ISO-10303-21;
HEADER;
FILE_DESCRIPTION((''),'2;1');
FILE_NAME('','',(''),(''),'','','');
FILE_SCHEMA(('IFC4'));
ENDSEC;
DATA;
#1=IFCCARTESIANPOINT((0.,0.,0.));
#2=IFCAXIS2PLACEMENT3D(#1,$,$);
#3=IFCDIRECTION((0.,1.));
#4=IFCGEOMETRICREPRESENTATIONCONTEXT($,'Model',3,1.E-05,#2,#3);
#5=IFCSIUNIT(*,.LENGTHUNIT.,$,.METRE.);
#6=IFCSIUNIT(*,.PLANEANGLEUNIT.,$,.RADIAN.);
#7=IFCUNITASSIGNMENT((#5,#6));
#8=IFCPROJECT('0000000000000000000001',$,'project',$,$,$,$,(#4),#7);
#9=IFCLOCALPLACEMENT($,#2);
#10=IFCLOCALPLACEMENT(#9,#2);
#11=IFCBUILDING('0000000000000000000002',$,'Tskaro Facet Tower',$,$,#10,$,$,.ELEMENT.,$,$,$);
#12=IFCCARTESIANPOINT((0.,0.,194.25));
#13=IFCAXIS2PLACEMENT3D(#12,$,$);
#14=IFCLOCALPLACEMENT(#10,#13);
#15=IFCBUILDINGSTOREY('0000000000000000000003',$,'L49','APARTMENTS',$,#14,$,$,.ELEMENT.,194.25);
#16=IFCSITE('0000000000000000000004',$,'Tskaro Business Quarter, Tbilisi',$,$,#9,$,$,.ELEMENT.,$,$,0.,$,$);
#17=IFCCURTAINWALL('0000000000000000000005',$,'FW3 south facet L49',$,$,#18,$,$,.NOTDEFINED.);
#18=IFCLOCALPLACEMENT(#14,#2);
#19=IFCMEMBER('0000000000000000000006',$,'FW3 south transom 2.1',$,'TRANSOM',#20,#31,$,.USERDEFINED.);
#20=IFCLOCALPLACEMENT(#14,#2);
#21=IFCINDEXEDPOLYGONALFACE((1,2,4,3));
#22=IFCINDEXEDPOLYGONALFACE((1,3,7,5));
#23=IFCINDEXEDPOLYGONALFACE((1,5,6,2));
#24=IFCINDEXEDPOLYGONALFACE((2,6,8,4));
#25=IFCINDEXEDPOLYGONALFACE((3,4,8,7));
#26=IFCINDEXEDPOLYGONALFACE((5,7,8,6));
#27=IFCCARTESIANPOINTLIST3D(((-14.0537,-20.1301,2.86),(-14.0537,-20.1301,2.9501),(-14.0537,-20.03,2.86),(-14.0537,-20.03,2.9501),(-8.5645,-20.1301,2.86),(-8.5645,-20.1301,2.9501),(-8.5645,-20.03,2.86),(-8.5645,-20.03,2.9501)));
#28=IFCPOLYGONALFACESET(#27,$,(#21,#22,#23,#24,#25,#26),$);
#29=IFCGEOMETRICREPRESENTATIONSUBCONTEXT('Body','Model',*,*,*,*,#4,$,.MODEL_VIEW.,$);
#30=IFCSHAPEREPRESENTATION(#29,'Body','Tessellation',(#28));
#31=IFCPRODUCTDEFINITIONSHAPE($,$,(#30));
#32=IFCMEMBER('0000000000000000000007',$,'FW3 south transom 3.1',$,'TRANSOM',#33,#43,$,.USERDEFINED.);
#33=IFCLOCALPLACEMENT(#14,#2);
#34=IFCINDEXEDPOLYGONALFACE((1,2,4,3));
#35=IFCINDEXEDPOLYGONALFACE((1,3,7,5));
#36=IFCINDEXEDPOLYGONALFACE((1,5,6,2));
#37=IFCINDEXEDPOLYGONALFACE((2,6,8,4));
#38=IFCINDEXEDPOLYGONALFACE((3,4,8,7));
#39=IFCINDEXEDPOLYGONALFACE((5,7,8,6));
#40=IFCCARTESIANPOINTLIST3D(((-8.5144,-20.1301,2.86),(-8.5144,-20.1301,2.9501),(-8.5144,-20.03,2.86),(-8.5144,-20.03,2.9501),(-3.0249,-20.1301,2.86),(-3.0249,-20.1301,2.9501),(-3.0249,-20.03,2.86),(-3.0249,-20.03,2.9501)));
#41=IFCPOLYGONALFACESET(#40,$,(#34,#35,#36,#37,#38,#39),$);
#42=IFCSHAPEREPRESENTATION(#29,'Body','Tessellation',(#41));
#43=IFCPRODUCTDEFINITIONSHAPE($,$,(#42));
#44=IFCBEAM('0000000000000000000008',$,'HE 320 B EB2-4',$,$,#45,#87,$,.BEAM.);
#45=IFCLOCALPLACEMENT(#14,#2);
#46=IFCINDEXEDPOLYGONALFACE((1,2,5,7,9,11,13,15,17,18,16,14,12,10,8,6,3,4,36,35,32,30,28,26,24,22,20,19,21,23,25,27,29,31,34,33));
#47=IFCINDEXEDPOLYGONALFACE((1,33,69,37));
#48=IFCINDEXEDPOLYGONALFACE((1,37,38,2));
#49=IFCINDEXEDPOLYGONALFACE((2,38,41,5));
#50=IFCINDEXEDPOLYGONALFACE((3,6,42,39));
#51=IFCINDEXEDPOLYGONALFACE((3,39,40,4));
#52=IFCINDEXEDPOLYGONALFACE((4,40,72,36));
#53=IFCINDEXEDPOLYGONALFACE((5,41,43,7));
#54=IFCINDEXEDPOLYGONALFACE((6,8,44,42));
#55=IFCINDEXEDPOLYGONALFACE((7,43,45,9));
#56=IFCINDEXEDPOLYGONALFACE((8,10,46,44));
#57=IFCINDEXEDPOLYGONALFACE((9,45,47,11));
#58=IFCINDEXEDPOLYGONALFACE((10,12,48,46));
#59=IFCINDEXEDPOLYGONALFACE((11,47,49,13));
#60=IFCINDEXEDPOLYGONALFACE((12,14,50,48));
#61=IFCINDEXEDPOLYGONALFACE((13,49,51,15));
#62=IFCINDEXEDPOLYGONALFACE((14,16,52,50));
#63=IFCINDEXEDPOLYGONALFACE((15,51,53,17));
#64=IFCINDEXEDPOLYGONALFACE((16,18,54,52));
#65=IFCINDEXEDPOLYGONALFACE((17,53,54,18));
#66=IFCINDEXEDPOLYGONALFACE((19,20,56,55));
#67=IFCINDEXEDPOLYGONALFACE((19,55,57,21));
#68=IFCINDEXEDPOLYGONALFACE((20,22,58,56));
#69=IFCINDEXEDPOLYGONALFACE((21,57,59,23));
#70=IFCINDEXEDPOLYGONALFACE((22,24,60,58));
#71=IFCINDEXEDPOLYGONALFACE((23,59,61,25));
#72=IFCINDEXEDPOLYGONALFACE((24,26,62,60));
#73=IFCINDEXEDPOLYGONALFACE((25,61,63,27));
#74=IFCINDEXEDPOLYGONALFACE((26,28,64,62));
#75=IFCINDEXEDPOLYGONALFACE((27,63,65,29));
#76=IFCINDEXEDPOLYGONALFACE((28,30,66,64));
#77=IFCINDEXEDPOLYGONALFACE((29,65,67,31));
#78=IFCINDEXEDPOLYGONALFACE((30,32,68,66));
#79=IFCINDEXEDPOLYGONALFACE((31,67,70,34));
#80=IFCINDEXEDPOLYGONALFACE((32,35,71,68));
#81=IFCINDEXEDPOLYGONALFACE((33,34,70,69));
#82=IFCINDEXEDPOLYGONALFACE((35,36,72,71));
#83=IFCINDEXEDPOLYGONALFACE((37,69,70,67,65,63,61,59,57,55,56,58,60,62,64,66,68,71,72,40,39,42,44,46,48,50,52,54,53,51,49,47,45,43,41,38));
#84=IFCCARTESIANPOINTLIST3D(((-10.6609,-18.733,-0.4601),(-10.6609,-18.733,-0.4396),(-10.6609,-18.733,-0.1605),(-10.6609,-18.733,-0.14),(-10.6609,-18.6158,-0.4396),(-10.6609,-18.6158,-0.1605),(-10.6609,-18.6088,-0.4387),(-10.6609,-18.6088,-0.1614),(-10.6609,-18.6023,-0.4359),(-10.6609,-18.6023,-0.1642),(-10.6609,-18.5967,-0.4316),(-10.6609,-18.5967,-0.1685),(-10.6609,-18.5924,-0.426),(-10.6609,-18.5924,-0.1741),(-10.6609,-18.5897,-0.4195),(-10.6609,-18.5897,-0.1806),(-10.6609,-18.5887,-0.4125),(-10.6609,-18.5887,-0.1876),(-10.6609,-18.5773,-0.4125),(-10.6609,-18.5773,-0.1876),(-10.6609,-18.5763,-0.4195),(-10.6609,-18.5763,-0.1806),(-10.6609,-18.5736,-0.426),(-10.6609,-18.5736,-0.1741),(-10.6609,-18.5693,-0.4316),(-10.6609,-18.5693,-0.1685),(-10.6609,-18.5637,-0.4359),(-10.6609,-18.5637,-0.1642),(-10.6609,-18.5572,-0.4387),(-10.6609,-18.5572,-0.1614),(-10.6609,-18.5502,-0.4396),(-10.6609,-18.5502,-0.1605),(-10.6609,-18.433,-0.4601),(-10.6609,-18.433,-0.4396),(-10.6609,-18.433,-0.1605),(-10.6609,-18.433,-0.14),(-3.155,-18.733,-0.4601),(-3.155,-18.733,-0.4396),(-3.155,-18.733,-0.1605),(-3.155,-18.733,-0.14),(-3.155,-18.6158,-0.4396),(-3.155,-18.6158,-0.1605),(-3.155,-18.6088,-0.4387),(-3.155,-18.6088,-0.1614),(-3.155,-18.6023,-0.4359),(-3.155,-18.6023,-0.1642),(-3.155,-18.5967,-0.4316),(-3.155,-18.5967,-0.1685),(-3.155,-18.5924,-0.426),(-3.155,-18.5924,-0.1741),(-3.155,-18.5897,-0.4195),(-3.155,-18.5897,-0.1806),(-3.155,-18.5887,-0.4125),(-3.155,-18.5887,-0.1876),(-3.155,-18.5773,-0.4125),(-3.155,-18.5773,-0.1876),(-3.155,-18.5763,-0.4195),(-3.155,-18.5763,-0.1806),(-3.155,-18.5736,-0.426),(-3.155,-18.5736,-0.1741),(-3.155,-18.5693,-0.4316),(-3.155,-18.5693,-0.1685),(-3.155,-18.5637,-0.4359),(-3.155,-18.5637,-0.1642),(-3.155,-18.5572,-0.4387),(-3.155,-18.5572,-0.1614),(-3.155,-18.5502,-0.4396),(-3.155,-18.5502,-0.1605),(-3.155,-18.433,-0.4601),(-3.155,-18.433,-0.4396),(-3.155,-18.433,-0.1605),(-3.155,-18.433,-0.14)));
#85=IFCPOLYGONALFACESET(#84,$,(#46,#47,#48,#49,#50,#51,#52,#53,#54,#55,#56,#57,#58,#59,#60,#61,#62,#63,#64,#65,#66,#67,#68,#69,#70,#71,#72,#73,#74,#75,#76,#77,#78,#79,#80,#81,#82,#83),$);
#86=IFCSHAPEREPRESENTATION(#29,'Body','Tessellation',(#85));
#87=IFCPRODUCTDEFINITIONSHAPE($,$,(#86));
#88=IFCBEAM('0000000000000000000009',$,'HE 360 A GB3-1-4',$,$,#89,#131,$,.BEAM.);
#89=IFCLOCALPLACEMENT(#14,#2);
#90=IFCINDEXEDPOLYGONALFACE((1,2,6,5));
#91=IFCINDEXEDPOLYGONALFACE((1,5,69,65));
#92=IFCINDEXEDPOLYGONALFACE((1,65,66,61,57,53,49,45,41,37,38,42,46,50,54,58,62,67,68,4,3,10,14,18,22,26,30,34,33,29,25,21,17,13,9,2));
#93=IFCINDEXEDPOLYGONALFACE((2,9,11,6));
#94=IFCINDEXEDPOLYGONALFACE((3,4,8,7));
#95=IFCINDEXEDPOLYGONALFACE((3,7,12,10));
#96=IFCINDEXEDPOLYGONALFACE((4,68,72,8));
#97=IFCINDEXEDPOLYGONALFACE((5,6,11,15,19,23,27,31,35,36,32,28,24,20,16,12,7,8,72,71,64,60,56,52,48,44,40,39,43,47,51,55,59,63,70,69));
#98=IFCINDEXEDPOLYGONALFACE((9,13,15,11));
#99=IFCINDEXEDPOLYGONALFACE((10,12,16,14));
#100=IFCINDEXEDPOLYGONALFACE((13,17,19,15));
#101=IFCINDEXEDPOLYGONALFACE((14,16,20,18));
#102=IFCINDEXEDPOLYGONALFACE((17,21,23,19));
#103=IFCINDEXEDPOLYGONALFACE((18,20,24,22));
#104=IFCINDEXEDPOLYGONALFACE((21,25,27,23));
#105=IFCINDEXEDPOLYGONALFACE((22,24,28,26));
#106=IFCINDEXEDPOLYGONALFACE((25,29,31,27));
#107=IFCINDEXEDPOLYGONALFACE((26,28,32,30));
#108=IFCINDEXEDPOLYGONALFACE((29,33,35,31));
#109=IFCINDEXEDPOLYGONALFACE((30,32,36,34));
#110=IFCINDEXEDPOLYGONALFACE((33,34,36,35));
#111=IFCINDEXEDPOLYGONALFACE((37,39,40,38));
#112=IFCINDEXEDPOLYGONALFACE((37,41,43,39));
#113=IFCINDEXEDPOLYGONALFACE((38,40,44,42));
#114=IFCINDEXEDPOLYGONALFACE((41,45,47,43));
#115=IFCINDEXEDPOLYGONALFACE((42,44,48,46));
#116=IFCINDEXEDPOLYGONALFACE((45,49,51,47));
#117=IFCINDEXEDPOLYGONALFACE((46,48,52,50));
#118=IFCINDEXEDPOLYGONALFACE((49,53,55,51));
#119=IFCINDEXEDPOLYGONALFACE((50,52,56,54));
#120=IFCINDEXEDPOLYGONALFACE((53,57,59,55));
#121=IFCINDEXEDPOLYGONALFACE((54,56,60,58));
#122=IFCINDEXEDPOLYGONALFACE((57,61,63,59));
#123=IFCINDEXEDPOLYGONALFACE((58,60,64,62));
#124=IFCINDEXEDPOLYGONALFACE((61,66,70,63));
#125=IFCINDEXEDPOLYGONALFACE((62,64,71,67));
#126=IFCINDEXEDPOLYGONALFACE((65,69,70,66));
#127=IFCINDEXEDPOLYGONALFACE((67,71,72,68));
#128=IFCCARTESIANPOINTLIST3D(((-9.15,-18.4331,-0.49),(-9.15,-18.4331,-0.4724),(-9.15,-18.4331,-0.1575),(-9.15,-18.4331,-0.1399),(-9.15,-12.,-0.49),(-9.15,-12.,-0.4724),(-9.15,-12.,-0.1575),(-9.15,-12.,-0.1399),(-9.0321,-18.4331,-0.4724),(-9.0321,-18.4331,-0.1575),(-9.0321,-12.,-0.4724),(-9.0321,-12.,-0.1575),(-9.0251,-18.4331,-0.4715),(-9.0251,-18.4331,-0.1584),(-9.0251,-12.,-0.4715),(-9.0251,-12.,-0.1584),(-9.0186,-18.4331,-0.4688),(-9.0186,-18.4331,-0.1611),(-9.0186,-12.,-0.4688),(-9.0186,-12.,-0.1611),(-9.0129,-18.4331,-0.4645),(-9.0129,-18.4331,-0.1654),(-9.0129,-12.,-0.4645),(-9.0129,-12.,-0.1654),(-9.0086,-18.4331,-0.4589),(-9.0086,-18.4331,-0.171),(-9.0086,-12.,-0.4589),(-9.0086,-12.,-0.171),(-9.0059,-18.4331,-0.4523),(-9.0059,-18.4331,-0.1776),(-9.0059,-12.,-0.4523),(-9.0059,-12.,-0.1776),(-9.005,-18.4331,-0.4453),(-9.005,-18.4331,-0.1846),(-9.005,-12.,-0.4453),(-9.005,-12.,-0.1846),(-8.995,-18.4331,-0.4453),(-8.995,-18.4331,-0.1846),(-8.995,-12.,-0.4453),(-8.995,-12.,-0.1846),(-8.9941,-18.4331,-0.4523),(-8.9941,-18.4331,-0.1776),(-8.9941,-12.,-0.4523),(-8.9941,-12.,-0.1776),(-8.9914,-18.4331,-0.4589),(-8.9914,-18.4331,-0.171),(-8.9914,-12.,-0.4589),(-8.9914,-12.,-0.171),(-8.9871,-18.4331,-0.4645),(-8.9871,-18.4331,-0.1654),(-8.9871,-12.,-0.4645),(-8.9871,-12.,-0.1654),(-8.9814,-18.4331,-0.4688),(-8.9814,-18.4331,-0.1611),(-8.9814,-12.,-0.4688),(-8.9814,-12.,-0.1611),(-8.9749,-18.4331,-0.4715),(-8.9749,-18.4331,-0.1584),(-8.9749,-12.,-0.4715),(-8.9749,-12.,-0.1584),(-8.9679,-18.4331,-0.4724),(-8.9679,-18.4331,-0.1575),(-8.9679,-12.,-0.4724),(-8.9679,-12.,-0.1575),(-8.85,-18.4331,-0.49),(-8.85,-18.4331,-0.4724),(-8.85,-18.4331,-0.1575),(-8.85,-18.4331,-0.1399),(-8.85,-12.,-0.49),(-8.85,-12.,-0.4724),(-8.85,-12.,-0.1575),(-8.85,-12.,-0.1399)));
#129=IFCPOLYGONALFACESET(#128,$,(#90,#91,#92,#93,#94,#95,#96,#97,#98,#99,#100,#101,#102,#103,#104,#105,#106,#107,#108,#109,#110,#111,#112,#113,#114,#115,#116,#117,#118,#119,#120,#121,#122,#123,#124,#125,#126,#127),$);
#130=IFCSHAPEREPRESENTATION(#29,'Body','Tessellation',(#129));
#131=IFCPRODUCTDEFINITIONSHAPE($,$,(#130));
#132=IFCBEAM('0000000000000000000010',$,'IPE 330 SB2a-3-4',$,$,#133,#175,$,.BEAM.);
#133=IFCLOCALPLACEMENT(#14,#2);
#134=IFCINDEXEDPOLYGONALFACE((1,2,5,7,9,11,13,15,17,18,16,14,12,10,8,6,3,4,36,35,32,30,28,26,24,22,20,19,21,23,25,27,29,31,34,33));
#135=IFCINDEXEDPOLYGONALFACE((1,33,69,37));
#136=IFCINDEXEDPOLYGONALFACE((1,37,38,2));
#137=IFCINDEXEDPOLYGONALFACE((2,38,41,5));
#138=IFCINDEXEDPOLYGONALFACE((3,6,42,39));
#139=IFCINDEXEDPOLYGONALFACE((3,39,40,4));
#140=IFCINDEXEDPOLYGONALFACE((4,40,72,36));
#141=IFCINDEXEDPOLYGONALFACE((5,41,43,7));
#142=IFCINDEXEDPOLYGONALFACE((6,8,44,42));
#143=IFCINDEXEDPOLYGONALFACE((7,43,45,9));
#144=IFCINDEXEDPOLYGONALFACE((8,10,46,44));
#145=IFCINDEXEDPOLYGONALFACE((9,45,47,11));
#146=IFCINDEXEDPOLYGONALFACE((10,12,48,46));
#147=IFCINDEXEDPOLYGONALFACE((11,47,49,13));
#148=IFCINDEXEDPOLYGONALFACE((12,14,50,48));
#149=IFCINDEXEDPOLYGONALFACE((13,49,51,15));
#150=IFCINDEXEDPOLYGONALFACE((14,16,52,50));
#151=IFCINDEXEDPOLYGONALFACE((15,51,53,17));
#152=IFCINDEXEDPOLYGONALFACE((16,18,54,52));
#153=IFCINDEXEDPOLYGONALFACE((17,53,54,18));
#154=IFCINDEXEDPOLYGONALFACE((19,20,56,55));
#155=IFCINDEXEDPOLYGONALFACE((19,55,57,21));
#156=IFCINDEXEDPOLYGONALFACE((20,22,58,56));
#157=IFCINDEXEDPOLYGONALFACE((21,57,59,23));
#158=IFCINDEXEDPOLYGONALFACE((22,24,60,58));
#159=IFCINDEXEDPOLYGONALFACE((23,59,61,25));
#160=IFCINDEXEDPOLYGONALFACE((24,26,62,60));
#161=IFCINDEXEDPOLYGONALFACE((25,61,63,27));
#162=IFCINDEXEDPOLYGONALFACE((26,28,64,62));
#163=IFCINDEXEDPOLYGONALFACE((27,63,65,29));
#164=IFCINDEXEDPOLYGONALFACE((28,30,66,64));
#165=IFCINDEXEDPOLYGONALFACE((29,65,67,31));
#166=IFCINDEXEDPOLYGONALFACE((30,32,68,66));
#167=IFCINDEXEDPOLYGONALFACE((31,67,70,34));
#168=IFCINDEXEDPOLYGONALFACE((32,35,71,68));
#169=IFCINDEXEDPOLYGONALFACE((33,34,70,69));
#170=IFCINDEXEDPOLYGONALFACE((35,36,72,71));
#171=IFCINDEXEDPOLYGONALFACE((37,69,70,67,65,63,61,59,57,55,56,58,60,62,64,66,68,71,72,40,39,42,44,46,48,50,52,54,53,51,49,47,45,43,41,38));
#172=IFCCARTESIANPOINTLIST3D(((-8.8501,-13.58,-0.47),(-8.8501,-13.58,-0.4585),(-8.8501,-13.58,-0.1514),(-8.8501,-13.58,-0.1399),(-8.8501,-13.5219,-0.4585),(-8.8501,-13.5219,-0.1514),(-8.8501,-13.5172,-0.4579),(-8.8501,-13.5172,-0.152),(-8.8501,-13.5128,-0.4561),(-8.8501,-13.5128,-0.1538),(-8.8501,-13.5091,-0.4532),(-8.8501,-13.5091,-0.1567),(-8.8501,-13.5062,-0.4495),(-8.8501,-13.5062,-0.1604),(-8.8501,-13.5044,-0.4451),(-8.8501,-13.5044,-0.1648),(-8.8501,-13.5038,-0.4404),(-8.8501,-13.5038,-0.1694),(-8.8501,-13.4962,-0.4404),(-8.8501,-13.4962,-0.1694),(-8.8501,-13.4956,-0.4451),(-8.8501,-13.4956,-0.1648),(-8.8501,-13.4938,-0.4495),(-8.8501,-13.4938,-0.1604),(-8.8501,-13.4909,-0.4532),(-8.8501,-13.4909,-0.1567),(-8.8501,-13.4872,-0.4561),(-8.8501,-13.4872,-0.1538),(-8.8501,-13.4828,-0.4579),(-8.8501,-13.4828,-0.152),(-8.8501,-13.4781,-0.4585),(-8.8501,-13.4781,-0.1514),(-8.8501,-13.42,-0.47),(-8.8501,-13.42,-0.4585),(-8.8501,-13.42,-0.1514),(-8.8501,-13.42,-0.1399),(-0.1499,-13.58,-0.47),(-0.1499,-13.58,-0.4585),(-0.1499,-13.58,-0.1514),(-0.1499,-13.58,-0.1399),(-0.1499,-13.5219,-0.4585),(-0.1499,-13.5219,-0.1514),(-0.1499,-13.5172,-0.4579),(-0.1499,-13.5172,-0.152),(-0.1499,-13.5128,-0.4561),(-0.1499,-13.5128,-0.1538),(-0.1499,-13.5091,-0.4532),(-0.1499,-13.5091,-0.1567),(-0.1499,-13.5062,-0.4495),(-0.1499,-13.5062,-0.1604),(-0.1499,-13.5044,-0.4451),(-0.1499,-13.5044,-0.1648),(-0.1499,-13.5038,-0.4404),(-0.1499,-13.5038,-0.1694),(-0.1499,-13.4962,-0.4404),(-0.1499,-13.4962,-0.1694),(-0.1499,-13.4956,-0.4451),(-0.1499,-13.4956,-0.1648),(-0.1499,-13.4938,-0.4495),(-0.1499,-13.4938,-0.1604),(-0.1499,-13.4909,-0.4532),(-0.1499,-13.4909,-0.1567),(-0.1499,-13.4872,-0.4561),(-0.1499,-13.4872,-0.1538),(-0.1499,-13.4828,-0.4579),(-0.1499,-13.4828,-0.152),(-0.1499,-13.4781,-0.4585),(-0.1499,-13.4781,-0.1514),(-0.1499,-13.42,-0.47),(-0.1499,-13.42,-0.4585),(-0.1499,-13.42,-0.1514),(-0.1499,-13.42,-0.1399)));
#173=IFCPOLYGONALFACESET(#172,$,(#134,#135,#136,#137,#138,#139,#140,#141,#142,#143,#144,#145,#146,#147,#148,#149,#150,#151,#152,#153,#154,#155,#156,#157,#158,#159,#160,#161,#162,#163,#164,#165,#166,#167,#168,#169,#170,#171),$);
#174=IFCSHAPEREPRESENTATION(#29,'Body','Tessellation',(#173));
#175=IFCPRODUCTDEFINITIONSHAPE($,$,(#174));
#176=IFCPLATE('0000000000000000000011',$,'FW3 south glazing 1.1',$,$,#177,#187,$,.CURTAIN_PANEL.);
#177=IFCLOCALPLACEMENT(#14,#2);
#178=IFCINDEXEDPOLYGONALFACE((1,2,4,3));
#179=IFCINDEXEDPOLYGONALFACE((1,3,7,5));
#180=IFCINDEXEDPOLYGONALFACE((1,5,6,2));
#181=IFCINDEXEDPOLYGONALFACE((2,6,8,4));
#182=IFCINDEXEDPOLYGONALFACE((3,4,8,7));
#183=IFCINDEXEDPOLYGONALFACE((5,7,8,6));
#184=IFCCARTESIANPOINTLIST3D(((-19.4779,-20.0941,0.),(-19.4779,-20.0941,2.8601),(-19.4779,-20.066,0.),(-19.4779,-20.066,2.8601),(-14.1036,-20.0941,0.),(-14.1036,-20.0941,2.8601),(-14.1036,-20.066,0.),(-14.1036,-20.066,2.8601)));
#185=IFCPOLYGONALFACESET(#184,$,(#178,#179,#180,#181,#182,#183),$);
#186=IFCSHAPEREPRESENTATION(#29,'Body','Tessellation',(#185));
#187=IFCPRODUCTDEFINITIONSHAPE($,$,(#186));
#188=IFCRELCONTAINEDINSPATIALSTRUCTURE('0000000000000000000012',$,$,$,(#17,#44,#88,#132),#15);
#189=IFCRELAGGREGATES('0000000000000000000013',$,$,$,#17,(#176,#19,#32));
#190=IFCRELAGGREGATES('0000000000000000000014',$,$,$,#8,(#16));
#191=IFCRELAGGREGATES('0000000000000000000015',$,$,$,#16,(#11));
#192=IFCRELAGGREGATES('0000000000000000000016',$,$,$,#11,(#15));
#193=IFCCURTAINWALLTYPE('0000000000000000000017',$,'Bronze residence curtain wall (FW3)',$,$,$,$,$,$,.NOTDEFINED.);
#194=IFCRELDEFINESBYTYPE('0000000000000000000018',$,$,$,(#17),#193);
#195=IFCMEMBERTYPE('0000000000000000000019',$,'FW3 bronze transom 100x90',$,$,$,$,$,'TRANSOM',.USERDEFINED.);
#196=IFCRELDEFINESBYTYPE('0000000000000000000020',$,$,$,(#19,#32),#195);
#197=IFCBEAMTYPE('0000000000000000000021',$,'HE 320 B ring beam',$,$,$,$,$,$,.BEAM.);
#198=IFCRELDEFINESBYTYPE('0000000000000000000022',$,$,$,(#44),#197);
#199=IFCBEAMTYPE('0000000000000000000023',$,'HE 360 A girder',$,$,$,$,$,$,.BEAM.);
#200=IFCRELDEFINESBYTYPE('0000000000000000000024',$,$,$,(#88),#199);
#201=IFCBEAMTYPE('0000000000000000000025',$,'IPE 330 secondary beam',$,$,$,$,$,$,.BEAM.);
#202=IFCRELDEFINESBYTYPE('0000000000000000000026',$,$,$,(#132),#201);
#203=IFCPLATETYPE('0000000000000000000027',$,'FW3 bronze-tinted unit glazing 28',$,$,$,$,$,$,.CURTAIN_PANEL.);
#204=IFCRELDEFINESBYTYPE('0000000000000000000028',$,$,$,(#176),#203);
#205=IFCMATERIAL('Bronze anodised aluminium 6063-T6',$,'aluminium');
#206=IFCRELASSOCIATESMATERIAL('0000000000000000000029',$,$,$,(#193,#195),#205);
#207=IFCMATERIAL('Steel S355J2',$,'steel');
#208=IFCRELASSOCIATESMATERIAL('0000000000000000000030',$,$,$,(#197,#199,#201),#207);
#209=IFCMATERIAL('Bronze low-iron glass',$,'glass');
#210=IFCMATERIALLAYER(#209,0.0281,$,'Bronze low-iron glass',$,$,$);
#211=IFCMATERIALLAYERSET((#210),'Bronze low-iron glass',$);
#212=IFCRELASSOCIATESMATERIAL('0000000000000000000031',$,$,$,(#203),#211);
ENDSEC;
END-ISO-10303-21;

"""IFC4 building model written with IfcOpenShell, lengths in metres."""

from ifc_helpers import new_model, si_unit, direction, frame, origin, origin_2d, place, context, subcontext, project, spatial, rectangle, i_section, extrude, material, layer, layer_set, material_profile, profile_set, type_object, element, aggregate, save


model = new_model("IFC4")

# Units and contexts
model_context = context("Model", 3, precision=1e-05, world=origin(), true_north=direction((0.0, 1.0)))
body_context = subcontext(model_context, "Body", "Model", "MODEL_VIEW")
ifc_project = project(units=[si_unit("LENGTHUNIT", "METRE"), si_unit("PLANEANGLEUNIT", "RADIAN")], contexts=[model_context])

# Site, building, storey
site_placement = place(None, origin())
site = spatial("IfcSite", under=ifc_project, at=site_placement, Name="Tskaro Business Quarter, Tbilisi", CompositionType="ELEMENT", RefElevation=0.0)
building_placement = place(site_placement, origin())
building = spatial("IfcBuilding", under=site, at=building_placement, Name="Tskaro Facet Tower", CompositionType="ELEMENT")
storey_placement = place(building_placement, frame((0.0, 0.0, 194.25)))
storey = spatial("IfcBuildingStorey", under=building, at=storey_placement, Name="L49", Description="APARTMENTS", CompositionType="ELEMENT", Elevation=194.25)

# Curtain wall, members
ifc_material_1 = material(Name="Bronze anodised aluminium 6063-T6", Category="aluminium")
curtain_wall_type = type_object("IfcCurtainWallType", Name="Bronze residence curtain wall (FW3)", PredefinedType="NOTDEFINED", material=ifc_material_1)
curtain_wall_placement = place(storey_placement, origin())
curtain_wall = element("IfcCurtainWall", 1, at=curtain_wall_placement, inside=storey, type_object=curtain_wall_type, Name="FW3 south facet L49", PredefinedType="NOTDEFINED")
ifc_material_profile_1 = material_profile(ifc_material_1, rectangle(XDim=0.1001, YDim=0.0901, at=origin_2d()), Name="Transom 100x90")
ifc_profile_set_1 = profile_set([ifc_material_profile_1], Name="Bronze anodised aluminium 6063-T6")
member_type_1 = type_object("IfcMemberType", Name="FW3 bronze transom 100x90", ElementType="TRANSOM", PredefinedType="USERDEFINED", material=ifc_profile_set_1)
member_1_placement = place(storey_placement, frame((-14.0537, -20.0801, 2.905), z_axis=(1.0, 0.0, 0.0), x_axis=(0.0, 1.0, 0.0)))
member_1 = element("IfcMember", 2, at=member_1_placement, type_object=member_type_1, Name="FW3 south transom 2.1", ObjectType="TRANSOM", PredefinedType="USERDEFINED", context=body_context, shape_type="SweptSolid", body=[
    extrude(rectangle(XDim=0.1001, YDim=0.0901, at=origin_2d()), origin(), (0.0, 0.0, 1.0), 5.4893),
])
member_2_placement = place(storey_placement, frame((-8.5144, -20.0801, 2.905), z_axis=(1.0, 0.0, 0.0), x_axis=(0.0, 1.0, 0.0)))
member_2 = element("IfcMember", 3, at=member_2_placement, type_object=member_type_1, Name="FW3 south transom 3.1", ObjectType="TRANSOM", PredefinedType="USERDEFINED", context=body_context, shape_type="SweptSolid", body=[
    extrude(rectangle(XDim=0.1001, YDim=0.0901, at=origin_2d()), origin(), (0.0, 0.0, 1.0), 5.4895),
])

# Beams
ifc_material_2 = material(Name="Steel S355J2", Category="steel")
ifc_material_profile_2 = material_profile(ifc_material_2, i_section(OverallWidth=0.3, OverallDepth=0.3201, WebThickness=0.0115, FlangeThickness=0.0205, FilletRadius=0.0271, at=origin_2d()), Name="HE 320 B")
ifc_profile_set_2 = profile_set([ifc_material_profile_2], Name="Steel S355J2")
beam_type_1 = type_object("IfcBeamType", Name="HE 320 B ring beam", PredefinedType="BEAM", material=ifc_profile_set_2)
beam_1_placement = place(storey_placement, frame((-10.6609, -18.583, -0.3), z_axis=(1.0, 0.0, 0.0), x_axis=(0.0, 1.0, 0.0)))
element("IfcBeam", 4, at=beam_1_placement, inside=storey, type_object=beam_type_1, Name="HE 320 B EB2-4", PredefinedType="BEAM", context=body_context, shape_type="SweptSolid", body=[
    extrude(i_section(OverallWidth=0.3, OverallDepth=0.3201, WebThickness=0.0115, FlangeThickness=0.0205, FilletRadius=0.0271, at=origin_2d()), origin(), (0.0, 0.0, 1.0), 7.5059),
])
ifc_material_profile_3 = material_profile(ifc_material_2, i_section(OverallWidth=0.3, OverallDepth=0.3501, WebThickness=0.01, FlangeThickness=0.0176, FilletRadius=0.0271, at=origin_2d()), Name="HE 360 A")
ifc_profile_set_3 = profile_set([ifc_material_profile_3], Name="Steel S355J2")
beam_type_2 = type_object("IfcBeamType", Name="HE 360 A girder", PredefinedType="BEAM", material=ifc_profile_set_3)
beam_2_placement = place(storey_placement, frame((-9.0, -18.4331, -0.3149), z_axis=(0.0, 1.0, 0.0), x_axis=(-1.0, 0.0, 0.0)))
element("IfcBeam", 5, at=beam_2_placement, inside=storey, type_object=beam_type_2, Name="HE 360 A GB3-1-4", PredefinedType="BEAM", context=body_context, shape_type="SweptSolid", body=[
    extrude(i_section(OverallWidth=0.3, OverallDepth=0.3501, WebThickness=0.01, FlangeThickness=0.0176, FilletRadius=0.0271, at=origin_2d()), origin(), (0.0, 0.0, 1.0), 6.4331),
])
ifc_material_profile_4 = material_profile(ifc_material_2, i_section(OverallWidth=0.1599, OverallDepth=0.3301, WebThickness=0.0076, FlangeThickness=0.0115, FilletRadius=0.0181, at=origin_2d()), Name="IPE 330")
ifc_profile_set_4 = profile_set([ifc_material_profile_4], Name="Steel S355J2")
beam_type_3 = type_object("IfcBeamType", Name="IPE 330 secondary beam", PredefinedType="BEAM", material=ifc_profile_set_4)
beam_3_placement = place(storey_placement, frame((-8.8501, -13.5, -0.3049), z_axis=(1.0, 0.0, 0.0), x_axis=(0.0, 1.0, 0.0)))
element("IfcBeam", 6, at=beam_3_placement, inside=storey, type_object=beam_type_3, Name="IPE 330 SB2a-3-4", PredefinedType="BEAM", context=body_context, shape_type="SweptSolid", body=[
    extrude(i_section(OverallWidth=0.1599, OverallDepth=0.3301, WebThickness=0.0076, FlangeThickness=0.0115, FilletRadius=0.0181, at=origin_2d()), origin(), (0.0, 0.0, 1.0), 8.7002),
])

# Plate
ifc_material_3 = material(Name="Bronze low-iron glass", Category="glass")
ifc_layer_1 = layer(ifc_material_3, 0.0281, Name="Bronze low-iron glass")
ifc_layer_set_1 = layer_set([ifc_layer_1], Name="Bronze low-iron glass")
plate_type = type_object("IfcPlateType", Name="FW3 bronze-tinted unit glazing 28", PredefinedType="CURTAIN_PANEL", material=ifc_layer_set_1)
plate_1_placement = place(storey_placement, frame((-16.7908, -20.0801, 0.0), z_axis=(0.0, 0.0, 1.0), x_axis=(1.0, 0.0, 0.0)))
plate_1 = element("IfcPlate", 7, at=plate_1_placement, type_object=plate_type, Name="FW3 south glazing 1.1", PredefinedType="CURTAIN_PANEL", context=body_context, shape_type="SweptSolid", body=[
    extrude(rectangle(XDim=5.3743, YDim=0.0281, at=origin_2d()), origin(), (0.0, 0.0, 1.0), 2.8601),
])
aggregate(curtain_wall, [plate_1, member_1, member_2])

save(model, "model.ifc")
